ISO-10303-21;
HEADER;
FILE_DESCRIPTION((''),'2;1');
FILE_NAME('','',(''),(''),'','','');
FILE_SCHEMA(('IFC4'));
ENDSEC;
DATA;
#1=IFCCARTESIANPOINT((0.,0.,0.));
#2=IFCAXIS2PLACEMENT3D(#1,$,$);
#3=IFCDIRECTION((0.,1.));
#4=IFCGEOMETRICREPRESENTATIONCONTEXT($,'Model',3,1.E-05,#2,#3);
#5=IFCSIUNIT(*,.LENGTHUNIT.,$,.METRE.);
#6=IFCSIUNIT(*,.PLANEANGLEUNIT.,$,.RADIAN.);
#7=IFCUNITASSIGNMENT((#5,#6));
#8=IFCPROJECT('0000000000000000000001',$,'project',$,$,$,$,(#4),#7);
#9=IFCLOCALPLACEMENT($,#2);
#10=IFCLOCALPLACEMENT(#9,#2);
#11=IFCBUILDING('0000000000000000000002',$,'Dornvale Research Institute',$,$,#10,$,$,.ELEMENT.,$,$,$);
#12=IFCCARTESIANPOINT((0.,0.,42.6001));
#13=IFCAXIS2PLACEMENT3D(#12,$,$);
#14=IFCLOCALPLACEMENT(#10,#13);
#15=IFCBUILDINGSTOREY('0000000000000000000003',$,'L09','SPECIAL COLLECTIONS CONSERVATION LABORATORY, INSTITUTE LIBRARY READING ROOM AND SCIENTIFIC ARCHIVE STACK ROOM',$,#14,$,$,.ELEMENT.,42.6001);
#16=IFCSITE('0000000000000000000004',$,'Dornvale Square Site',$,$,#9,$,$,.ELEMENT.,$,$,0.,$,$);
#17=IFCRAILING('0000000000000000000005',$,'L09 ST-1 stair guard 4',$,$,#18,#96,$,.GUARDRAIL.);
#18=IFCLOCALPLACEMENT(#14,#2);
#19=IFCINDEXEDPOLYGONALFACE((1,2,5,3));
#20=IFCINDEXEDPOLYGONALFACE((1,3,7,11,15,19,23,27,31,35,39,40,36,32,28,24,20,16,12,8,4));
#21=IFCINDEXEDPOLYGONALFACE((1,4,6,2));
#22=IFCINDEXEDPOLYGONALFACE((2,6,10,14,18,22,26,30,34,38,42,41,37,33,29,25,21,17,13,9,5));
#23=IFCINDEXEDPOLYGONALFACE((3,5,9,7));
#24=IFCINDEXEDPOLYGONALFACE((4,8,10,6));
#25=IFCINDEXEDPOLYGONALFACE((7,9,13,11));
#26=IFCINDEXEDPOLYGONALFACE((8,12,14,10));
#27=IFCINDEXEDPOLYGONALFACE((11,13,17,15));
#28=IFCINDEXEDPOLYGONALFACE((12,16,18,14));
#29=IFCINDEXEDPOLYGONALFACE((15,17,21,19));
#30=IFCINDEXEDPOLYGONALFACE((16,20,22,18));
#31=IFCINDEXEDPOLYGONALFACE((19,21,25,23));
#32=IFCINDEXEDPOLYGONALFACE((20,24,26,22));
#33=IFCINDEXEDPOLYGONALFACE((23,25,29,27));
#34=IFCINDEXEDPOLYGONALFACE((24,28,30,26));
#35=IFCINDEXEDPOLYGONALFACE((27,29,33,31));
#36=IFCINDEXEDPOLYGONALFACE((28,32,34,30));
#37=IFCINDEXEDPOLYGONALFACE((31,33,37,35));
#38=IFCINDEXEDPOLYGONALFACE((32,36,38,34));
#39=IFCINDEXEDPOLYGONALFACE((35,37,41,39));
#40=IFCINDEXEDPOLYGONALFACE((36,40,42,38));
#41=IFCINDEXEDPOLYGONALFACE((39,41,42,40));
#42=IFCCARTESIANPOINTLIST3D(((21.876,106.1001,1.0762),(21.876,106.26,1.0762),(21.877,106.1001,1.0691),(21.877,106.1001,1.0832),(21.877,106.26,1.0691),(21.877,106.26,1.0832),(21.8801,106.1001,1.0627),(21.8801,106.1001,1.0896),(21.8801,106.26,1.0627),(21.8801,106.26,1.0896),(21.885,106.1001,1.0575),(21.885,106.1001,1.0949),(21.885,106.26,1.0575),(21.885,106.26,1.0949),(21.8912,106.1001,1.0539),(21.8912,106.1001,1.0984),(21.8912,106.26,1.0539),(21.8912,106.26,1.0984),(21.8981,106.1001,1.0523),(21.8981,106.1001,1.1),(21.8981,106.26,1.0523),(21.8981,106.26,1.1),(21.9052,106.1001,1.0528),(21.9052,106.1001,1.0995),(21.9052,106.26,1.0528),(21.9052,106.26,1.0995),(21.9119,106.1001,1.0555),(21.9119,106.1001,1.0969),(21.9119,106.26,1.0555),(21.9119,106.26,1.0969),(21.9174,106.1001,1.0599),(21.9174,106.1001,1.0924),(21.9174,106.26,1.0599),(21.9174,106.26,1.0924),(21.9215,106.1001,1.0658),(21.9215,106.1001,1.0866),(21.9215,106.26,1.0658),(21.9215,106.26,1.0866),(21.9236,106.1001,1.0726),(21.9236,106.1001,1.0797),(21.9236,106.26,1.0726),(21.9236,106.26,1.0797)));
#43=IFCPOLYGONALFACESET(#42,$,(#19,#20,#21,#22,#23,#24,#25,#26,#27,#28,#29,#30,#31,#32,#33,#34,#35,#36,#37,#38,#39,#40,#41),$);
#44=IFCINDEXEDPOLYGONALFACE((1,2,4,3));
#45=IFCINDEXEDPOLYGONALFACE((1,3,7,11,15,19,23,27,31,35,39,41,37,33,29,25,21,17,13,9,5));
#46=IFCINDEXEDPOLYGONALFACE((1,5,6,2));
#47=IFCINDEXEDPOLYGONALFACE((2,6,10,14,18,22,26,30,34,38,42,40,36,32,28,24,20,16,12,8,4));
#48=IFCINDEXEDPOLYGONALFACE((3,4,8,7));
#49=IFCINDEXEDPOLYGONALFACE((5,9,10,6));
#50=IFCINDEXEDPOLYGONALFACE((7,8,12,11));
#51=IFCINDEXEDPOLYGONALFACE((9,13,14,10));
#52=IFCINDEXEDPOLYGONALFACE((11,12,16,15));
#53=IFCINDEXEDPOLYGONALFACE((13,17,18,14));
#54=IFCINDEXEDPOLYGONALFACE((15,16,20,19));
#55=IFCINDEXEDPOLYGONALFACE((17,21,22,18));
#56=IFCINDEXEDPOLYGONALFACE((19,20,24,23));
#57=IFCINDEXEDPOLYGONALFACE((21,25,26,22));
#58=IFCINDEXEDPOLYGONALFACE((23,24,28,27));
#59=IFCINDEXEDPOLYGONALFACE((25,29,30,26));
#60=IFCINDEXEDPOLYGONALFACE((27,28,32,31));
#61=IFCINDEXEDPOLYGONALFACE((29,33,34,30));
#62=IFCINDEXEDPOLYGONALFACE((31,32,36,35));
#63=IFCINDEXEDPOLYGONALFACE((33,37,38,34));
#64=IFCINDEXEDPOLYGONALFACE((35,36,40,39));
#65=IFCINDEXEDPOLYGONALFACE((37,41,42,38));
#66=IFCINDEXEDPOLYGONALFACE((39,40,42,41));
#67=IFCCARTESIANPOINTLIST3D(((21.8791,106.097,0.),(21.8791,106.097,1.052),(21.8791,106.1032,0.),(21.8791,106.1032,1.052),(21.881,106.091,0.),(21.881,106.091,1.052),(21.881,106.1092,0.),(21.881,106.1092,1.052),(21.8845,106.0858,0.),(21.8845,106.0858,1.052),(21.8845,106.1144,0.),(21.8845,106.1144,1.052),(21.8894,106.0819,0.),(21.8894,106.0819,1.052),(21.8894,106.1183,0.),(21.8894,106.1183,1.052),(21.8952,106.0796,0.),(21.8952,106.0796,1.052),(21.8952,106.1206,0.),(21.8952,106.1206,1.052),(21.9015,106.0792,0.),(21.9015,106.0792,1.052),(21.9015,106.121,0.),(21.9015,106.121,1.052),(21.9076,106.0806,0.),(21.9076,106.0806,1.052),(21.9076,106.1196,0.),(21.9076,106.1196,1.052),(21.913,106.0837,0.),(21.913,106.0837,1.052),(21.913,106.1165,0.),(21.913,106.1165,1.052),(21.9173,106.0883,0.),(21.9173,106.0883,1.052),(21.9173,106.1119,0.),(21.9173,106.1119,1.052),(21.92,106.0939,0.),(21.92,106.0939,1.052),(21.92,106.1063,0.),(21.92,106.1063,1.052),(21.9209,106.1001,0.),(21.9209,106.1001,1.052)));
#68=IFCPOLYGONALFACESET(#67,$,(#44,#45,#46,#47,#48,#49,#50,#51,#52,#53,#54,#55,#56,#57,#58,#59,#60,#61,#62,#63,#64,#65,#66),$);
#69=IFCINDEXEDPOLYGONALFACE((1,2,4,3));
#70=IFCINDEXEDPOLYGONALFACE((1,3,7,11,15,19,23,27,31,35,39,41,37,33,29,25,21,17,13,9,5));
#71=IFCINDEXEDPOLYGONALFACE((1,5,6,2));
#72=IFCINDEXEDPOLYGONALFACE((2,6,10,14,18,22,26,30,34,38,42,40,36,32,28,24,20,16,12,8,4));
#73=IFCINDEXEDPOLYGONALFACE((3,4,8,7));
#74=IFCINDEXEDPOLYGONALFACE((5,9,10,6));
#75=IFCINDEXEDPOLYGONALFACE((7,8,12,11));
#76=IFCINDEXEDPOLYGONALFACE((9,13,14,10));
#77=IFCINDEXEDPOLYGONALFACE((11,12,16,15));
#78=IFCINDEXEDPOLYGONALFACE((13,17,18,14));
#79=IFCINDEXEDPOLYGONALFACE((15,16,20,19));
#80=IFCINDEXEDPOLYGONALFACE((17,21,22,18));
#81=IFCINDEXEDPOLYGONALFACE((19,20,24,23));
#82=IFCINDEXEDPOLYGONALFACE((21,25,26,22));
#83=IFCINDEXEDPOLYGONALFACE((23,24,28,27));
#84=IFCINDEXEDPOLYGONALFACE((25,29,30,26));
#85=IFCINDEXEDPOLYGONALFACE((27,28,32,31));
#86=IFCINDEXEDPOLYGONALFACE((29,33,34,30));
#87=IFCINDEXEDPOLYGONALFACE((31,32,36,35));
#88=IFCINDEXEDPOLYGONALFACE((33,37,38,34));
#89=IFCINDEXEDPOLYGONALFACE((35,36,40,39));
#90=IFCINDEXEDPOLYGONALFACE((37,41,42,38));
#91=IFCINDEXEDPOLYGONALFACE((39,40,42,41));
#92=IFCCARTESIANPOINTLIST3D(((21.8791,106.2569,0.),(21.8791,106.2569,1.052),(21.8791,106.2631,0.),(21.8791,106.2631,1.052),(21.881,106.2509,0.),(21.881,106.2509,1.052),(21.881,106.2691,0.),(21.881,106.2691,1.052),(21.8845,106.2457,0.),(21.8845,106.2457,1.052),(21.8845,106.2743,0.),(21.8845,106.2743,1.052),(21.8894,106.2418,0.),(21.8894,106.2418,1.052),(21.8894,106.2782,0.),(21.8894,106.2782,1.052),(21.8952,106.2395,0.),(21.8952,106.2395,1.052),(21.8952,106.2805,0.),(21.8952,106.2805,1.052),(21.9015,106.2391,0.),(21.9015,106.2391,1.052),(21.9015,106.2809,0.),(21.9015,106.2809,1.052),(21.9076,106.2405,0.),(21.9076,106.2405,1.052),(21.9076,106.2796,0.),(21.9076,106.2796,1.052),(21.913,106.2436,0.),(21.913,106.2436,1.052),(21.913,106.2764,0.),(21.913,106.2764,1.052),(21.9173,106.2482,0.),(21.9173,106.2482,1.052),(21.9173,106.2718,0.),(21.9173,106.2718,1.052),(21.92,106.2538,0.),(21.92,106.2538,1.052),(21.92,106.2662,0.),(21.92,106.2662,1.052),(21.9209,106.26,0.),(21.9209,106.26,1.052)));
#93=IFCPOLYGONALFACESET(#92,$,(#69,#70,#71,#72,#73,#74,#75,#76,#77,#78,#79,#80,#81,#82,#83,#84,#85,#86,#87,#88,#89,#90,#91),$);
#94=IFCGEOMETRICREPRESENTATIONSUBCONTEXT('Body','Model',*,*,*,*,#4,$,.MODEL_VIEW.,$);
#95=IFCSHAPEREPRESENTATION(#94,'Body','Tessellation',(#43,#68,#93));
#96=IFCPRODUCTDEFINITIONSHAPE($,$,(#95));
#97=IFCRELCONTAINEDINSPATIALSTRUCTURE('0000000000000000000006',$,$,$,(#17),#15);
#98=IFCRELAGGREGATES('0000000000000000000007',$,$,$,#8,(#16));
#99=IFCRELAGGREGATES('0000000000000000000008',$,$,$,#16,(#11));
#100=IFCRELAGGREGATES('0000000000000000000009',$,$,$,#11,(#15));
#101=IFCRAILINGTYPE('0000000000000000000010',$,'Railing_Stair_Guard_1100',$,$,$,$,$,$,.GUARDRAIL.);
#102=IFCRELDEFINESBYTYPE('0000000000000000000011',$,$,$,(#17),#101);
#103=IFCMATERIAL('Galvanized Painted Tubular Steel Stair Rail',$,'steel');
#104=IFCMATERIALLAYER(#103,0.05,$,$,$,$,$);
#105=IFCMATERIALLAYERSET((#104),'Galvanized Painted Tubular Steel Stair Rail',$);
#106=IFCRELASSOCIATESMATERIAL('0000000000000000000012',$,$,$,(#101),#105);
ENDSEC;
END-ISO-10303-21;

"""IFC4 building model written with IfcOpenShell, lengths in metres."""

from ifc_helpers import new_model, si_unit, direction, frame, origin, origin_2d, place, context, subcontext, project, spatial, circle, extrude, material, layer, layer_set, type_object, element, save


model = new_model("IFC4")

# Units and contexts
model_context = context("Model", 3, precision=1e-05, world=origin(), true_north=direction((0.0, 1.0)))
body_context = subcontext(model_context, "Body", "Model", "MODEL_VIEW")
ifc_project = project(units=[si_unit("LENGTHUNIT", "METRE"), si_unit("PLANEANGLEUNIT", "RADIAN")], contexts=[model_context])

# Site, building, storey
site_placement = place(None, origin())
site = spatial("IfcSite", under=ifc_project, at=site_placement, Name="Dornvale Square Site", CompositionType="ELEMENT", RefElevation=0.0)
building_placement = place(site_placement, origin())
building = spatial("IfcBuilding", under=site, at=building_placement, Name="Dornvale Research Institute", CompositionType="ELEMENT")
storey_placement = place(building_placement, frame((0.0, 0.0, 42.6001)))
storey = spatial("IfcBuildingStorey", under=building, at=storey_placement, Name="L09", Description="SPECIAL COLLECTIONS CONSERVATION LABORATORY, INSTITUTE LIBRARY READING ROOM AND SCIENTIFIC ARCHIVE STACK ROOM", CompositionType="ELEMENT", Elevation=42.6001)

# Railing
ifc_material_1 = material(Name="Galvanized Painted Tubular Steel Stair Rail", Category="steel")
ifc_layer_1 = layer(ifc_material_1, 0.05)
ifc_layer_set_1 = layer_set([ifc_layer_1], Name="Galvanized Painted Tubular Steel Stair Rail")
railing_type_1 = type_object("IfcRailingType", Name="Railing_Stair_Guard_1100", PredefinedType="GUARDRAIL", material=ifc_layer_set_1)
railing_1_placement = place(storey_placement, frame((21.8999, 106.1001, 0.0)))
element("IfcRailing", 1, at=railing_1_placement, inside=storey, type_object=railing_type_1, Name="L09 ST-1 stair guard 4", PredefinedType="GUARDRAIL", context=body_context, shape_type="SweptSolid", body=[
    extrude(circle(Radius=0.0239, at=origin_2d()), frame((0.0, 0.0, 1.0762), z_axis=(0.0, 1.0, 0.0), x_axis=(-1.0, 0.0, 0.0)), (0.0, 0.0, 1.0), 0.1599),
    extrude(circle(Radius=0.021, at=origin_2d()), origin(), (0.0, 0.0, 1.0), 1.052),
    extrude(circle(Radius=0.021, at=origin_2d()), frame((0.0, 0.1599, 0.0)), (0.0, 0.0, 1.0), 1.052),
])

save(model, "model.ifc")
